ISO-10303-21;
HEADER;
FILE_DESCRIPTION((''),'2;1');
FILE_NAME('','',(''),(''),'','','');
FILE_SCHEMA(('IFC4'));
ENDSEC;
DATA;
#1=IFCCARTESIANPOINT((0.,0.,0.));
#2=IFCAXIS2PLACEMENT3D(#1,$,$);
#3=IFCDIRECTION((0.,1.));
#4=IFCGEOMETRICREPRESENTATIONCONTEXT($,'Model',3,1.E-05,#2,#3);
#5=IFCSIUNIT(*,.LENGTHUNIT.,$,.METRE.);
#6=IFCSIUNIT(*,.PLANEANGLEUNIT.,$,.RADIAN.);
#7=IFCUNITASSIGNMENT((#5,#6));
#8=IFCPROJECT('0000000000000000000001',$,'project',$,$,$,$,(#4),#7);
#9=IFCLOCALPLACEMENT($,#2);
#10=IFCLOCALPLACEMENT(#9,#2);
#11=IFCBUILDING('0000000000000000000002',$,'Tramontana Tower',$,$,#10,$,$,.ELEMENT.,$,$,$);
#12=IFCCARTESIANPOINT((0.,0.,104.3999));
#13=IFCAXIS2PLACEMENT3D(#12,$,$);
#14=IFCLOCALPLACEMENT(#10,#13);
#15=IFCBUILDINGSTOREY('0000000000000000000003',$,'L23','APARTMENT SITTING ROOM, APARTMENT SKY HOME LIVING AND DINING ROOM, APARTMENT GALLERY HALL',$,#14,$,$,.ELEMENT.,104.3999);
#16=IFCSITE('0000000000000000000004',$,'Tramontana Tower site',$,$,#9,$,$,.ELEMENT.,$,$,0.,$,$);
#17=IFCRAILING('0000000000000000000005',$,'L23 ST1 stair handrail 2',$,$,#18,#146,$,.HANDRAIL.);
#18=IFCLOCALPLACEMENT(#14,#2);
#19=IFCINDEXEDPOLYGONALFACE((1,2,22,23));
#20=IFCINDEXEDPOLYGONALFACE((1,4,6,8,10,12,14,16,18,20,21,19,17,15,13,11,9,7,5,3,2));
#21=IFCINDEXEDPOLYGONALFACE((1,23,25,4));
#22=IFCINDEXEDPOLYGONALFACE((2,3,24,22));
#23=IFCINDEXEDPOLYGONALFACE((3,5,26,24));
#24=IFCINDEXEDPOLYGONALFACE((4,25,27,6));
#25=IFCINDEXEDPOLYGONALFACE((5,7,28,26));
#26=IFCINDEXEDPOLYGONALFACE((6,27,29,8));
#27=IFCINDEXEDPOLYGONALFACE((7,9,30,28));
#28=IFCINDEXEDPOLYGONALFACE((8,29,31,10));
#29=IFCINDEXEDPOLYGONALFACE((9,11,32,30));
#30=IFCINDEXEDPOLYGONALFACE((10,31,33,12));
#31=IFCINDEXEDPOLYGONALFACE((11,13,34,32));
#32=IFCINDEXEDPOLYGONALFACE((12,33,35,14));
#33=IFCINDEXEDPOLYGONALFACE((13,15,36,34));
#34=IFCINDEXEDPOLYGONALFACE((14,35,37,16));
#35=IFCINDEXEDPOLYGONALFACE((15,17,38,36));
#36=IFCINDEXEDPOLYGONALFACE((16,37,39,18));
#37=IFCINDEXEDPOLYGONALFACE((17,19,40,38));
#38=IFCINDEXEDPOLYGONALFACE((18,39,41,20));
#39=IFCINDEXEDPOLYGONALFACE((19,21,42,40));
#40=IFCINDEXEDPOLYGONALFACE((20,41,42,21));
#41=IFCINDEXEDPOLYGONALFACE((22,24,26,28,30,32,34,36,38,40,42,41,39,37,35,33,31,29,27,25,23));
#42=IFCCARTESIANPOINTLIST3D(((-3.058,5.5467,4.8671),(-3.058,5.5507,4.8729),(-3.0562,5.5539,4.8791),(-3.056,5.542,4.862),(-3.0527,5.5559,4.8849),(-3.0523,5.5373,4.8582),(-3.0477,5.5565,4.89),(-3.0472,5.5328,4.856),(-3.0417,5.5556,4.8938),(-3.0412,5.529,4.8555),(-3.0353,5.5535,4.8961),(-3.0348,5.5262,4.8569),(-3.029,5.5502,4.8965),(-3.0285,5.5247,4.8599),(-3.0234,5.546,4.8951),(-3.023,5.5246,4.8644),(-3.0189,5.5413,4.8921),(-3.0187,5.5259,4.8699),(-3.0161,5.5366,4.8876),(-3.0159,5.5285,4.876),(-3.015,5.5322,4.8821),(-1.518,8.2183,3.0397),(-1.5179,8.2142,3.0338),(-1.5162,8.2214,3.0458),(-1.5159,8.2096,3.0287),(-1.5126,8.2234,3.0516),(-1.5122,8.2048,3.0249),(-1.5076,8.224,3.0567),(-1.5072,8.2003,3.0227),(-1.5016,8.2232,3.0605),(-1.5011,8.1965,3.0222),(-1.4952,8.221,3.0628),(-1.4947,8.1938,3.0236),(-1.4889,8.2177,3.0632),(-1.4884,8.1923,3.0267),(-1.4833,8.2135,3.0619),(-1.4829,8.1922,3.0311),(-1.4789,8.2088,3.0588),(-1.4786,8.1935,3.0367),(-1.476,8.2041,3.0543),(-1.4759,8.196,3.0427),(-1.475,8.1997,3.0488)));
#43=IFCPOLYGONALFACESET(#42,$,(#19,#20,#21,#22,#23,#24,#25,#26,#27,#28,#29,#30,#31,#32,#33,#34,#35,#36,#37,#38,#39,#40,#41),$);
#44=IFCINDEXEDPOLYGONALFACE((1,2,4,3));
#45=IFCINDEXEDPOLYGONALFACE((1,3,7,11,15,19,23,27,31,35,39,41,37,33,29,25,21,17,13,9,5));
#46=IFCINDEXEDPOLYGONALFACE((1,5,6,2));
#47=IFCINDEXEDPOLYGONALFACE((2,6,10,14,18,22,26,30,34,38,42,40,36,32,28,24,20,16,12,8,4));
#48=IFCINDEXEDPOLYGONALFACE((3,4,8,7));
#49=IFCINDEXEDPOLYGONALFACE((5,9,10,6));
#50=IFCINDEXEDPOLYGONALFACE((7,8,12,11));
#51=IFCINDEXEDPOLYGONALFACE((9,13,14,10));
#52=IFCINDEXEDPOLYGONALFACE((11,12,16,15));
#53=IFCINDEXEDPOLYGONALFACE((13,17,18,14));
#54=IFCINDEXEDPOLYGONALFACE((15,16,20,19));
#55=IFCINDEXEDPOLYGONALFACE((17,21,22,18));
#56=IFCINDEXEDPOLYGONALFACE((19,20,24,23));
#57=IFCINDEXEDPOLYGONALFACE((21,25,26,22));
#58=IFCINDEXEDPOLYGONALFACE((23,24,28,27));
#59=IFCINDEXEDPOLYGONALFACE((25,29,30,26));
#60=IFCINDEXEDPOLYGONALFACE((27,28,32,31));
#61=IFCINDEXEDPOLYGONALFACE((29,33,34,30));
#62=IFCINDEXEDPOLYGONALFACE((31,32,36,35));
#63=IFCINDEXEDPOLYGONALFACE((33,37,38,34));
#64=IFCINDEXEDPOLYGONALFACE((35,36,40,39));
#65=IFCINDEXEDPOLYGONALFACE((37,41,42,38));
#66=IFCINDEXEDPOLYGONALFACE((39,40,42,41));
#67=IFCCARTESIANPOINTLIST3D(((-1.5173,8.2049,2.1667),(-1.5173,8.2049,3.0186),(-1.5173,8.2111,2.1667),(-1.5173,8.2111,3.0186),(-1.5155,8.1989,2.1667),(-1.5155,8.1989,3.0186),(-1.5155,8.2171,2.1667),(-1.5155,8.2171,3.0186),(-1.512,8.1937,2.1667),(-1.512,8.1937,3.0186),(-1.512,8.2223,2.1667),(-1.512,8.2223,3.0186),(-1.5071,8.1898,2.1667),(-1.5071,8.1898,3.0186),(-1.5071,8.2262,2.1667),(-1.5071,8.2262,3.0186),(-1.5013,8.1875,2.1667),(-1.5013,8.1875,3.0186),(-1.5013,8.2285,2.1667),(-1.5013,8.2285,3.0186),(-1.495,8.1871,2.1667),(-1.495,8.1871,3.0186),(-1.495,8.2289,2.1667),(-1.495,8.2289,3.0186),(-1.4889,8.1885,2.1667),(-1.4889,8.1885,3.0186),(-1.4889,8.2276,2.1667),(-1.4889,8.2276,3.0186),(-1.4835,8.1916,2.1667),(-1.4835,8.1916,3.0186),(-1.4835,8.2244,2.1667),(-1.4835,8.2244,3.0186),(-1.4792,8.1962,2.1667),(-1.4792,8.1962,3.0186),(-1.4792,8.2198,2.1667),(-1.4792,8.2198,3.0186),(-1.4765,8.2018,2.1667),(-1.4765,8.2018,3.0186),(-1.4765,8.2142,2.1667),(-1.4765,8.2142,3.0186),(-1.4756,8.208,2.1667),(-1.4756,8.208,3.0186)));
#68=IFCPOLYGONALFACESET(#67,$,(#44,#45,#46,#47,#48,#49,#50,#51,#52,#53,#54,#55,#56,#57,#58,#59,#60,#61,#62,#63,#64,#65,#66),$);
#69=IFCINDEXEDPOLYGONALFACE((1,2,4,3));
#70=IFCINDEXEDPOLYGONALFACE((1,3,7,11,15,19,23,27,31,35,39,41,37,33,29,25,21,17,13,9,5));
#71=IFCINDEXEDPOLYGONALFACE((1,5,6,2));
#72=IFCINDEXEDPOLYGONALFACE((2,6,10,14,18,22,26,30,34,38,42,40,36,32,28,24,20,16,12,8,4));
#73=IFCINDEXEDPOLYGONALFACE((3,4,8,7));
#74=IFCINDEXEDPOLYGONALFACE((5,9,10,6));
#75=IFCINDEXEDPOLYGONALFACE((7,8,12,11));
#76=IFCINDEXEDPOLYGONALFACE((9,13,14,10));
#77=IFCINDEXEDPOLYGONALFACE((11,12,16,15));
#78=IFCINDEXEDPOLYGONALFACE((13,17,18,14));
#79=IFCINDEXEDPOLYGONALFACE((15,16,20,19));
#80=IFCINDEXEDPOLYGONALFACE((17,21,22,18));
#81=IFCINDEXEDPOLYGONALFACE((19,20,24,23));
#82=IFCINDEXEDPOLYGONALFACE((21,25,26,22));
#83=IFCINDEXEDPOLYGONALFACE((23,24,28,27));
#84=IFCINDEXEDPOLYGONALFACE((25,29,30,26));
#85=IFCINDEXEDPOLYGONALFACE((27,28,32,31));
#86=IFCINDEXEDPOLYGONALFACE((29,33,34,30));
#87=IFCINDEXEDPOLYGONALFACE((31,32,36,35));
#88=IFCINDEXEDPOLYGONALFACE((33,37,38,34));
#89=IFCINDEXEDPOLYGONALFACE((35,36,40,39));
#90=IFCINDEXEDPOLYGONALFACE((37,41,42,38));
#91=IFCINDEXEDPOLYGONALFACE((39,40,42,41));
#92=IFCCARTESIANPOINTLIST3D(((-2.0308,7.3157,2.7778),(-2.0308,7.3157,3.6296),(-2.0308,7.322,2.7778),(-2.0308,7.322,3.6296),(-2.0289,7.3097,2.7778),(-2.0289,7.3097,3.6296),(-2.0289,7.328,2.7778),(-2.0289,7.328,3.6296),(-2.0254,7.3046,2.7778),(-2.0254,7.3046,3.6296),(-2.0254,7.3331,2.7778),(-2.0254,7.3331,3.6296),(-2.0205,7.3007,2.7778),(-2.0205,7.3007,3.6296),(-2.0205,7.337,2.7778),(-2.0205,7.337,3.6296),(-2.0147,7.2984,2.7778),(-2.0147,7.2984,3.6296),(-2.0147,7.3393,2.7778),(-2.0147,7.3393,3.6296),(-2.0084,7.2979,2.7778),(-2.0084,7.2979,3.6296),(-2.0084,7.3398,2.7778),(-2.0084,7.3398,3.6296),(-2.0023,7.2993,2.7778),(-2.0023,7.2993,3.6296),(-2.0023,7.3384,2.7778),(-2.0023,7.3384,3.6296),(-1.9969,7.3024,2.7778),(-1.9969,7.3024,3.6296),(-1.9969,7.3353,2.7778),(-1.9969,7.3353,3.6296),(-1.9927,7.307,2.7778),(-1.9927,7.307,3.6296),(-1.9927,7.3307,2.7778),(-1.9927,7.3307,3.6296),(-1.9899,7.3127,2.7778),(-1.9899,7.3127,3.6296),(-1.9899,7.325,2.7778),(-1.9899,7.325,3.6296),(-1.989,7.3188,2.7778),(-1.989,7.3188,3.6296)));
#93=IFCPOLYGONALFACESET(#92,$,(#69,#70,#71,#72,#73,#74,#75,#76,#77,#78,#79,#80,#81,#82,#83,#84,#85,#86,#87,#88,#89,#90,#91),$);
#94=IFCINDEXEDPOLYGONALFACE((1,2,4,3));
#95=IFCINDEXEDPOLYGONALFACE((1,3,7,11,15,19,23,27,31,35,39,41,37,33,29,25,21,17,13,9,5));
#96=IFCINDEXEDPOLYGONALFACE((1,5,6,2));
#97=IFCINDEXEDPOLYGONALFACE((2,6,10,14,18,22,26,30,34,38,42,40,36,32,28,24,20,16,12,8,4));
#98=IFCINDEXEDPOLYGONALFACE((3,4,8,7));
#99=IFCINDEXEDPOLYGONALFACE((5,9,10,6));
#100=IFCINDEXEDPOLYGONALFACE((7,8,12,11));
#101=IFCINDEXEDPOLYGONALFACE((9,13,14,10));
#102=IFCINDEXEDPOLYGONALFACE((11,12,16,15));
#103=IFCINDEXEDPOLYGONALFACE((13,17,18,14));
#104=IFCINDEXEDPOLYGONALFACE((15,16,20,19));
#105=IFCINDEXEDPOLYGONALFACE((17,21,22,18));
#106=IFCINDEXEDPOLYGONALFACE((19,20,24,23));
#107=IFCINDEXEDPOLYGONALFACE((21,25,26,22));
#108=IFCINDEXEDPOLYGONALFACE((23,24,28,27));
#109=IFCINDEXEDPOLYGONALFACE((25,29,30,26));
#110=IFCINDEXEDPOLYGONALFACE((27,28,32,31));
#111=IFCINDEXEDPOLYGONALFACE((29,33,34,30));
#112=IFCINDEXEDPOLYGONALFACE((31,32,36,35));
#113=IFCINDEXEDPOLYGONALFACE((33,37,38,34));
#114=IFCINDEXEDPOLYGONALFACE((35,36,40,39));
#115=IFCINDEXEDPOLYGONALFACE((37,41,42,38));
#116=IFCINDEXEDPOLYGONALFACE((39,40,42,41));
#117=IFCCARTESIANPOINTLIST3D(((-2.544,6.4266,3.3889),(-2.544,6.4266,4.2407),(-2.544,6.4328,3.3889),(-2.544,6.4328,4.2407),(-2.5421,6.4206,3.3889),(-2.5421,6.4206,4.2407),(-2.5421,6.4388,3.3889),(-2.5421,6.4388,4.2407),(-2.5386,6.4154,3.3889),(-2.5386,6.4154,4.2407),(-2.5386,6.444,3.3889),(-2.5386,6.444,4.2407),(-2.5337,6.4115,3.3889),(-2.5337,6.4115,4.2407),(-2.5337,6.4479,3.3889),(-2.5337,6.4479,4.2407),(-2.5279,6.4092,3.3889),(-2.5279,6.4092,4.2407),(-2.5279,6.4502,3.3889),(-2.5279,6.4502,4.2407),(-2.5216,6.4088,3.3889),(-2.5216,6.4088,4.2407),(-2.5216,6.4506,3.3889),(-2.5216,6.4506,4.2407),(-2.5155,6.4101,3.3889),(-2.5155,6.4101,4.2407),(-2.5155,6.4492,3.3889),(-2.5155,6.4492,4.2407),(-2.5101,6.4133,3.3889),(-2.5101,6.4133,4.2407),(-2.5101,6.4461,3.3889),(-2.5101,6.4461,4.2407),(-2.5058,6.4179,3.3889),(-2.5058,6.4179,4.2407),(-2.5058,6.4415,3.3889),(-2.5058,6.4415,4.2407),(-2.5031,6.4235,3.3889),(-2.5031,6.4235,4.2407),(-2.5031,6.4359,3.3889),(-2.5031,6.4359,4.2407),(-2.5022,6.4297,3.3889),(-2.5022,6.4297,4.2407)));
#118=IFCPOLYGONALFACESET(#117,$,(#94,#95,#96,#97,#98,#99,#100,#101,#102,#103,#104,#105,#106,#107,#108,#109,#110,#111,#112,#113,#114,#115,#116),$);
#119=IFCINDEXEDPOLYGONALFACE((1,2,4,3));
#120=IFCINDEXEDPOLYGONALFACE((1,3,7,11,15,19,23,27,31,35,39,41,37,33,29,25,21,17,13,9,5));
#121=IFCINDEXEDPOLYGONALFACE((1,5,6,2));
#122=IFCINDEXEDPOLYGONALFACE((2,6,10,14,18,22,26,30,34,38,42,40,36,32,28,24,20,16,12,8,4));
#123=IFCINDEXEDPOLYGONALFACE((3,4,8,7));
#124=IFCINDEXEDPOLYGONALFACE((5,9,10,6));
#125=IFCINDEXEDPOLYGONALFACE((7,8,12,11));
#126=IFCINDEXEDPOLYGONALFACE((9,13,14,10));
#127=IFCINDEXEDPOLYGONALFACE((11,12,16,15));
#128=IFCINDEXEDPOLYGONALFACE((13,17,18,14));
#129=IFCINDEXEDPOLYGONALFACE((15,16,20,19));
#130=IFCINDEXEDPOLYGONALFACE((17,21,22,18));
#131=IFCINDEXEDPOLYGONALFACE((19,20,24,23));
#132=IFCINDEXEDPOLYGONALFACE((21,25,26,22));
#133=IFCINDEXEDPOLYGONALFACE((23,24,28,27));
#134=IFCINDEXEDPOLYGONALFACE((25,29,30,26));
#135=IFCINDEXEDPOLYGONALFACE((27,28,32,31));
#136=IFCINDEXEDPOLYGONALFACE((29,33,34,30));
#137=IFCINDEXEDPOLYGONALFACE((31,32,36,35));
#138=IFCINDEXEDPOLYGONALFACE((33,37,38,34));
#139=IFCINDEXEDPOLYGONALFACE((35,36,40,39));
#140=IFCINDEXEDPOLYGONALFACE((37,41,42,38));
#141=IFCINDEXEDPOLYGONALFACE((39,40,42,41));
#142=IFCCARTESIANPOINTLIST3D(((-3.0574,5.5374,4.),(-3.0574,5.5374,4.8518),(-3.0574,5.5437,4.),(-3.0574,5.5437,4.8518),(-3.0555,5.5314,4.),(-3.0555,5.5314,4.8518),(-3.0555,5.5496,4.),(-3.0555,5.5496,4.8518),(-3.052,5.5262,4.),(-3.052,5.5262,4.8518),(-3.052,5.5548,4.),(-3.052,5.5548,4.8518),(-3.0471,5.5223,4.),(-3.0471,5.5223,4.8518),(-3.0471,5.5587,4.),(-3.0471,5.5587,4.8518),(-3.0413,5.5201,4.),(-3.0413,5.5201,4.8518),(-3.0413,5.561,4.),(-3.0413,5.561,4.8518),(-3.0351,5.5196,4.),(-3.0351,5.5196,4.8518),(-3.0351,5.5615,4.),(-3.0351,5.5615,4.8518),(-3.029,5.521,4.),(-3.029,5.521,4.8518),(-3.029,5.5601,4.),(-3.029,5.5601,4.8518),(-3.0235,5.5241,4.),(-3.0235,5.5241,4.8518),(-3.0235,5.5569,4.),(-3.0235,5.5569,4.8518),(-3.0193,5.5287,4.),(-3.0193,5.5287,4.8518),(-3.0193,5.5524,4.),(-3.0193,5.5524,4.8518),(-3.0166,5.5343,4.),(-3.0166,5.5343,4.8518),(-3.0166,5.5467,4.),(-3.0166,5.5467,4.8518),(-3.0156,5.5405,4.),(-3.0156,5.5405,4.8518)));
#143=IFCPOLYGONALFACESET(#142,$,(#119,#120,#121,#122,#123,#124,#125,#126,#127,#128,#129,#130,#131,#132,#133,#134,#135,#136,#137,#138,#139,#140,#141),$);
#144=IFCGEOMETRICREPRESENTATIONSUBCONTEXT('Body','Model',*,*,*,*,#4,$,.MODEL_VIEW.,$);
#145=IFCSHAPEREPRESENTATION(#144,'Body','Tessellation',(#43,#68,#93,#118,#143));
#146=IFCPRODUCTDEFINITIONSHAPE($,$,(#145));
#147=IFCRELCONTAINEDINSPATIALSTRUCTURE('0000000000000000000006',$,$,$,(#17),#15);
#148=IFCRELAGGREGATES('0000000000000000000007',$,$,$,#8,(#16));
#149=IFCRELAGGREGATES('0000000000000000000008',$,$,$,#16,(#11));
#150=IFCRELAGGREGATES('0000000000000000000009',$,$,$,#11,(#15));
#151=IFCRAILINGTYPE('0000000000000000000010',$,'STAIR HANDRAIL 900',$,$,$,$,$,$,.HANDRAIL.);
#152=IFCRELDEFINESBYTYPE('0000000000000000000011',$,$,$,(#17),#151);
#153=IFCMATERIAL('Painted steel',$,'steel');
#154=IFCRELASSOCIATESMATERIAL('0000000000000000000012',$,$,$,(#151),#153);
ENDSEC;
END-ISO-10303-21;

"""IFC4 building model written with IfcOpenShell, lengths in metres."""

from ifc_helpers import new_model, si_unit, direction, frame, origin, origin_2d, place, context, subcontext, project, spatial, circle, extrude, material, type_object, element, save


model = new_model("IFC4")

# Units and contexts
model_context = context("Model", 3, precision=1e-05, world=origin(), true_north=direction((0.0, 1.0)))
body_context = subcontext(model_context, "Body", "Model", "MODEL_VIEW")
ifc_project = project(units=[si_unit("LENGTHUNIT", "METRE"), si_unit("PLANEANGLEUNIT", "RADIAN")], contexts=[model_context])

# Site, building, storey
site_placement = place(None, origin())
site = spatial("IfcSite", under=ifc_project, at=site_placement, Name="Tramontana Tower site", CompositionType="ELEMENT", RefElevation=0.0)
building_placement = place(site_placement, origin())
building = spatial("IfcBuilding", under=site, at=building_placement, Name="Tramontana Tower", CompositionType="ELEMENT")
storey_placement = place(building_placement, frame((0.0, 0.0, 104.3999)))
storey = spatial("IfcBuildingStorey", under=building, at=storey_placement, Name="L23", Description="APARTMENT SITTING ROOM, APARTMENT SKY HOME LIVING AND DINING ROOM, APARTMENT GALLERY HALL", CompositionType="ELEMENT", Elevation=104.3999)

# Railing
ifc_material_1 = material(Name="Painted steel", Category="steel")
railing_type_1 = type_object("IfcRailingType", Name="STAIR HANDRAIL 900", PredefinedType="HANDRAIL", material=ifc_material_1)
railing_1_placement = place(storey_placement, frame((-1.4966, 8.208, 2.1667)))
element("IfcRailing", 1, at=railing_1_placement, inside=storey, type_object=railing_type_1, Name="L23 ST1 stair handrail 2", PredefinedType="HANDRAIL", context=body_context, shape_type="SweptSolid", body=[
    extrude(circle(Radius=0.0239, at=origin_2d()), frame((0.0, 0.0, 0.876), z_axis=(-0.429649, -0.74419, 0.511452), x_axis=(0.86603, -0.499992, 0.0)), (0.0, 0.0, 1.0), 3.5845),
    extrude(circle(Radius=0.021, at=origin_2d()), origin(), (0.0, 0.0, 1.0), 0.8518),
    extrude(circle(Radius=0.021, at=origin_2d()), frame((-0.5134, -0.8892, 0.6111)), (0.0, 0.0, 1.0), 0.8518),
    extrude(circle(Radius=0.021, at=origin_2d()), frame((-1.0266, -1.7783, 1.2222)), (0.0, 0.0, 1.0), 0.8518),
    extrude(circle(Radius=0.021, at=origin_2d()), frame((-1.54, -2.6675, 1.8333)), (0.0, 0.0, 1.0), 0.8518),
])

save(model, "model.ifc")
